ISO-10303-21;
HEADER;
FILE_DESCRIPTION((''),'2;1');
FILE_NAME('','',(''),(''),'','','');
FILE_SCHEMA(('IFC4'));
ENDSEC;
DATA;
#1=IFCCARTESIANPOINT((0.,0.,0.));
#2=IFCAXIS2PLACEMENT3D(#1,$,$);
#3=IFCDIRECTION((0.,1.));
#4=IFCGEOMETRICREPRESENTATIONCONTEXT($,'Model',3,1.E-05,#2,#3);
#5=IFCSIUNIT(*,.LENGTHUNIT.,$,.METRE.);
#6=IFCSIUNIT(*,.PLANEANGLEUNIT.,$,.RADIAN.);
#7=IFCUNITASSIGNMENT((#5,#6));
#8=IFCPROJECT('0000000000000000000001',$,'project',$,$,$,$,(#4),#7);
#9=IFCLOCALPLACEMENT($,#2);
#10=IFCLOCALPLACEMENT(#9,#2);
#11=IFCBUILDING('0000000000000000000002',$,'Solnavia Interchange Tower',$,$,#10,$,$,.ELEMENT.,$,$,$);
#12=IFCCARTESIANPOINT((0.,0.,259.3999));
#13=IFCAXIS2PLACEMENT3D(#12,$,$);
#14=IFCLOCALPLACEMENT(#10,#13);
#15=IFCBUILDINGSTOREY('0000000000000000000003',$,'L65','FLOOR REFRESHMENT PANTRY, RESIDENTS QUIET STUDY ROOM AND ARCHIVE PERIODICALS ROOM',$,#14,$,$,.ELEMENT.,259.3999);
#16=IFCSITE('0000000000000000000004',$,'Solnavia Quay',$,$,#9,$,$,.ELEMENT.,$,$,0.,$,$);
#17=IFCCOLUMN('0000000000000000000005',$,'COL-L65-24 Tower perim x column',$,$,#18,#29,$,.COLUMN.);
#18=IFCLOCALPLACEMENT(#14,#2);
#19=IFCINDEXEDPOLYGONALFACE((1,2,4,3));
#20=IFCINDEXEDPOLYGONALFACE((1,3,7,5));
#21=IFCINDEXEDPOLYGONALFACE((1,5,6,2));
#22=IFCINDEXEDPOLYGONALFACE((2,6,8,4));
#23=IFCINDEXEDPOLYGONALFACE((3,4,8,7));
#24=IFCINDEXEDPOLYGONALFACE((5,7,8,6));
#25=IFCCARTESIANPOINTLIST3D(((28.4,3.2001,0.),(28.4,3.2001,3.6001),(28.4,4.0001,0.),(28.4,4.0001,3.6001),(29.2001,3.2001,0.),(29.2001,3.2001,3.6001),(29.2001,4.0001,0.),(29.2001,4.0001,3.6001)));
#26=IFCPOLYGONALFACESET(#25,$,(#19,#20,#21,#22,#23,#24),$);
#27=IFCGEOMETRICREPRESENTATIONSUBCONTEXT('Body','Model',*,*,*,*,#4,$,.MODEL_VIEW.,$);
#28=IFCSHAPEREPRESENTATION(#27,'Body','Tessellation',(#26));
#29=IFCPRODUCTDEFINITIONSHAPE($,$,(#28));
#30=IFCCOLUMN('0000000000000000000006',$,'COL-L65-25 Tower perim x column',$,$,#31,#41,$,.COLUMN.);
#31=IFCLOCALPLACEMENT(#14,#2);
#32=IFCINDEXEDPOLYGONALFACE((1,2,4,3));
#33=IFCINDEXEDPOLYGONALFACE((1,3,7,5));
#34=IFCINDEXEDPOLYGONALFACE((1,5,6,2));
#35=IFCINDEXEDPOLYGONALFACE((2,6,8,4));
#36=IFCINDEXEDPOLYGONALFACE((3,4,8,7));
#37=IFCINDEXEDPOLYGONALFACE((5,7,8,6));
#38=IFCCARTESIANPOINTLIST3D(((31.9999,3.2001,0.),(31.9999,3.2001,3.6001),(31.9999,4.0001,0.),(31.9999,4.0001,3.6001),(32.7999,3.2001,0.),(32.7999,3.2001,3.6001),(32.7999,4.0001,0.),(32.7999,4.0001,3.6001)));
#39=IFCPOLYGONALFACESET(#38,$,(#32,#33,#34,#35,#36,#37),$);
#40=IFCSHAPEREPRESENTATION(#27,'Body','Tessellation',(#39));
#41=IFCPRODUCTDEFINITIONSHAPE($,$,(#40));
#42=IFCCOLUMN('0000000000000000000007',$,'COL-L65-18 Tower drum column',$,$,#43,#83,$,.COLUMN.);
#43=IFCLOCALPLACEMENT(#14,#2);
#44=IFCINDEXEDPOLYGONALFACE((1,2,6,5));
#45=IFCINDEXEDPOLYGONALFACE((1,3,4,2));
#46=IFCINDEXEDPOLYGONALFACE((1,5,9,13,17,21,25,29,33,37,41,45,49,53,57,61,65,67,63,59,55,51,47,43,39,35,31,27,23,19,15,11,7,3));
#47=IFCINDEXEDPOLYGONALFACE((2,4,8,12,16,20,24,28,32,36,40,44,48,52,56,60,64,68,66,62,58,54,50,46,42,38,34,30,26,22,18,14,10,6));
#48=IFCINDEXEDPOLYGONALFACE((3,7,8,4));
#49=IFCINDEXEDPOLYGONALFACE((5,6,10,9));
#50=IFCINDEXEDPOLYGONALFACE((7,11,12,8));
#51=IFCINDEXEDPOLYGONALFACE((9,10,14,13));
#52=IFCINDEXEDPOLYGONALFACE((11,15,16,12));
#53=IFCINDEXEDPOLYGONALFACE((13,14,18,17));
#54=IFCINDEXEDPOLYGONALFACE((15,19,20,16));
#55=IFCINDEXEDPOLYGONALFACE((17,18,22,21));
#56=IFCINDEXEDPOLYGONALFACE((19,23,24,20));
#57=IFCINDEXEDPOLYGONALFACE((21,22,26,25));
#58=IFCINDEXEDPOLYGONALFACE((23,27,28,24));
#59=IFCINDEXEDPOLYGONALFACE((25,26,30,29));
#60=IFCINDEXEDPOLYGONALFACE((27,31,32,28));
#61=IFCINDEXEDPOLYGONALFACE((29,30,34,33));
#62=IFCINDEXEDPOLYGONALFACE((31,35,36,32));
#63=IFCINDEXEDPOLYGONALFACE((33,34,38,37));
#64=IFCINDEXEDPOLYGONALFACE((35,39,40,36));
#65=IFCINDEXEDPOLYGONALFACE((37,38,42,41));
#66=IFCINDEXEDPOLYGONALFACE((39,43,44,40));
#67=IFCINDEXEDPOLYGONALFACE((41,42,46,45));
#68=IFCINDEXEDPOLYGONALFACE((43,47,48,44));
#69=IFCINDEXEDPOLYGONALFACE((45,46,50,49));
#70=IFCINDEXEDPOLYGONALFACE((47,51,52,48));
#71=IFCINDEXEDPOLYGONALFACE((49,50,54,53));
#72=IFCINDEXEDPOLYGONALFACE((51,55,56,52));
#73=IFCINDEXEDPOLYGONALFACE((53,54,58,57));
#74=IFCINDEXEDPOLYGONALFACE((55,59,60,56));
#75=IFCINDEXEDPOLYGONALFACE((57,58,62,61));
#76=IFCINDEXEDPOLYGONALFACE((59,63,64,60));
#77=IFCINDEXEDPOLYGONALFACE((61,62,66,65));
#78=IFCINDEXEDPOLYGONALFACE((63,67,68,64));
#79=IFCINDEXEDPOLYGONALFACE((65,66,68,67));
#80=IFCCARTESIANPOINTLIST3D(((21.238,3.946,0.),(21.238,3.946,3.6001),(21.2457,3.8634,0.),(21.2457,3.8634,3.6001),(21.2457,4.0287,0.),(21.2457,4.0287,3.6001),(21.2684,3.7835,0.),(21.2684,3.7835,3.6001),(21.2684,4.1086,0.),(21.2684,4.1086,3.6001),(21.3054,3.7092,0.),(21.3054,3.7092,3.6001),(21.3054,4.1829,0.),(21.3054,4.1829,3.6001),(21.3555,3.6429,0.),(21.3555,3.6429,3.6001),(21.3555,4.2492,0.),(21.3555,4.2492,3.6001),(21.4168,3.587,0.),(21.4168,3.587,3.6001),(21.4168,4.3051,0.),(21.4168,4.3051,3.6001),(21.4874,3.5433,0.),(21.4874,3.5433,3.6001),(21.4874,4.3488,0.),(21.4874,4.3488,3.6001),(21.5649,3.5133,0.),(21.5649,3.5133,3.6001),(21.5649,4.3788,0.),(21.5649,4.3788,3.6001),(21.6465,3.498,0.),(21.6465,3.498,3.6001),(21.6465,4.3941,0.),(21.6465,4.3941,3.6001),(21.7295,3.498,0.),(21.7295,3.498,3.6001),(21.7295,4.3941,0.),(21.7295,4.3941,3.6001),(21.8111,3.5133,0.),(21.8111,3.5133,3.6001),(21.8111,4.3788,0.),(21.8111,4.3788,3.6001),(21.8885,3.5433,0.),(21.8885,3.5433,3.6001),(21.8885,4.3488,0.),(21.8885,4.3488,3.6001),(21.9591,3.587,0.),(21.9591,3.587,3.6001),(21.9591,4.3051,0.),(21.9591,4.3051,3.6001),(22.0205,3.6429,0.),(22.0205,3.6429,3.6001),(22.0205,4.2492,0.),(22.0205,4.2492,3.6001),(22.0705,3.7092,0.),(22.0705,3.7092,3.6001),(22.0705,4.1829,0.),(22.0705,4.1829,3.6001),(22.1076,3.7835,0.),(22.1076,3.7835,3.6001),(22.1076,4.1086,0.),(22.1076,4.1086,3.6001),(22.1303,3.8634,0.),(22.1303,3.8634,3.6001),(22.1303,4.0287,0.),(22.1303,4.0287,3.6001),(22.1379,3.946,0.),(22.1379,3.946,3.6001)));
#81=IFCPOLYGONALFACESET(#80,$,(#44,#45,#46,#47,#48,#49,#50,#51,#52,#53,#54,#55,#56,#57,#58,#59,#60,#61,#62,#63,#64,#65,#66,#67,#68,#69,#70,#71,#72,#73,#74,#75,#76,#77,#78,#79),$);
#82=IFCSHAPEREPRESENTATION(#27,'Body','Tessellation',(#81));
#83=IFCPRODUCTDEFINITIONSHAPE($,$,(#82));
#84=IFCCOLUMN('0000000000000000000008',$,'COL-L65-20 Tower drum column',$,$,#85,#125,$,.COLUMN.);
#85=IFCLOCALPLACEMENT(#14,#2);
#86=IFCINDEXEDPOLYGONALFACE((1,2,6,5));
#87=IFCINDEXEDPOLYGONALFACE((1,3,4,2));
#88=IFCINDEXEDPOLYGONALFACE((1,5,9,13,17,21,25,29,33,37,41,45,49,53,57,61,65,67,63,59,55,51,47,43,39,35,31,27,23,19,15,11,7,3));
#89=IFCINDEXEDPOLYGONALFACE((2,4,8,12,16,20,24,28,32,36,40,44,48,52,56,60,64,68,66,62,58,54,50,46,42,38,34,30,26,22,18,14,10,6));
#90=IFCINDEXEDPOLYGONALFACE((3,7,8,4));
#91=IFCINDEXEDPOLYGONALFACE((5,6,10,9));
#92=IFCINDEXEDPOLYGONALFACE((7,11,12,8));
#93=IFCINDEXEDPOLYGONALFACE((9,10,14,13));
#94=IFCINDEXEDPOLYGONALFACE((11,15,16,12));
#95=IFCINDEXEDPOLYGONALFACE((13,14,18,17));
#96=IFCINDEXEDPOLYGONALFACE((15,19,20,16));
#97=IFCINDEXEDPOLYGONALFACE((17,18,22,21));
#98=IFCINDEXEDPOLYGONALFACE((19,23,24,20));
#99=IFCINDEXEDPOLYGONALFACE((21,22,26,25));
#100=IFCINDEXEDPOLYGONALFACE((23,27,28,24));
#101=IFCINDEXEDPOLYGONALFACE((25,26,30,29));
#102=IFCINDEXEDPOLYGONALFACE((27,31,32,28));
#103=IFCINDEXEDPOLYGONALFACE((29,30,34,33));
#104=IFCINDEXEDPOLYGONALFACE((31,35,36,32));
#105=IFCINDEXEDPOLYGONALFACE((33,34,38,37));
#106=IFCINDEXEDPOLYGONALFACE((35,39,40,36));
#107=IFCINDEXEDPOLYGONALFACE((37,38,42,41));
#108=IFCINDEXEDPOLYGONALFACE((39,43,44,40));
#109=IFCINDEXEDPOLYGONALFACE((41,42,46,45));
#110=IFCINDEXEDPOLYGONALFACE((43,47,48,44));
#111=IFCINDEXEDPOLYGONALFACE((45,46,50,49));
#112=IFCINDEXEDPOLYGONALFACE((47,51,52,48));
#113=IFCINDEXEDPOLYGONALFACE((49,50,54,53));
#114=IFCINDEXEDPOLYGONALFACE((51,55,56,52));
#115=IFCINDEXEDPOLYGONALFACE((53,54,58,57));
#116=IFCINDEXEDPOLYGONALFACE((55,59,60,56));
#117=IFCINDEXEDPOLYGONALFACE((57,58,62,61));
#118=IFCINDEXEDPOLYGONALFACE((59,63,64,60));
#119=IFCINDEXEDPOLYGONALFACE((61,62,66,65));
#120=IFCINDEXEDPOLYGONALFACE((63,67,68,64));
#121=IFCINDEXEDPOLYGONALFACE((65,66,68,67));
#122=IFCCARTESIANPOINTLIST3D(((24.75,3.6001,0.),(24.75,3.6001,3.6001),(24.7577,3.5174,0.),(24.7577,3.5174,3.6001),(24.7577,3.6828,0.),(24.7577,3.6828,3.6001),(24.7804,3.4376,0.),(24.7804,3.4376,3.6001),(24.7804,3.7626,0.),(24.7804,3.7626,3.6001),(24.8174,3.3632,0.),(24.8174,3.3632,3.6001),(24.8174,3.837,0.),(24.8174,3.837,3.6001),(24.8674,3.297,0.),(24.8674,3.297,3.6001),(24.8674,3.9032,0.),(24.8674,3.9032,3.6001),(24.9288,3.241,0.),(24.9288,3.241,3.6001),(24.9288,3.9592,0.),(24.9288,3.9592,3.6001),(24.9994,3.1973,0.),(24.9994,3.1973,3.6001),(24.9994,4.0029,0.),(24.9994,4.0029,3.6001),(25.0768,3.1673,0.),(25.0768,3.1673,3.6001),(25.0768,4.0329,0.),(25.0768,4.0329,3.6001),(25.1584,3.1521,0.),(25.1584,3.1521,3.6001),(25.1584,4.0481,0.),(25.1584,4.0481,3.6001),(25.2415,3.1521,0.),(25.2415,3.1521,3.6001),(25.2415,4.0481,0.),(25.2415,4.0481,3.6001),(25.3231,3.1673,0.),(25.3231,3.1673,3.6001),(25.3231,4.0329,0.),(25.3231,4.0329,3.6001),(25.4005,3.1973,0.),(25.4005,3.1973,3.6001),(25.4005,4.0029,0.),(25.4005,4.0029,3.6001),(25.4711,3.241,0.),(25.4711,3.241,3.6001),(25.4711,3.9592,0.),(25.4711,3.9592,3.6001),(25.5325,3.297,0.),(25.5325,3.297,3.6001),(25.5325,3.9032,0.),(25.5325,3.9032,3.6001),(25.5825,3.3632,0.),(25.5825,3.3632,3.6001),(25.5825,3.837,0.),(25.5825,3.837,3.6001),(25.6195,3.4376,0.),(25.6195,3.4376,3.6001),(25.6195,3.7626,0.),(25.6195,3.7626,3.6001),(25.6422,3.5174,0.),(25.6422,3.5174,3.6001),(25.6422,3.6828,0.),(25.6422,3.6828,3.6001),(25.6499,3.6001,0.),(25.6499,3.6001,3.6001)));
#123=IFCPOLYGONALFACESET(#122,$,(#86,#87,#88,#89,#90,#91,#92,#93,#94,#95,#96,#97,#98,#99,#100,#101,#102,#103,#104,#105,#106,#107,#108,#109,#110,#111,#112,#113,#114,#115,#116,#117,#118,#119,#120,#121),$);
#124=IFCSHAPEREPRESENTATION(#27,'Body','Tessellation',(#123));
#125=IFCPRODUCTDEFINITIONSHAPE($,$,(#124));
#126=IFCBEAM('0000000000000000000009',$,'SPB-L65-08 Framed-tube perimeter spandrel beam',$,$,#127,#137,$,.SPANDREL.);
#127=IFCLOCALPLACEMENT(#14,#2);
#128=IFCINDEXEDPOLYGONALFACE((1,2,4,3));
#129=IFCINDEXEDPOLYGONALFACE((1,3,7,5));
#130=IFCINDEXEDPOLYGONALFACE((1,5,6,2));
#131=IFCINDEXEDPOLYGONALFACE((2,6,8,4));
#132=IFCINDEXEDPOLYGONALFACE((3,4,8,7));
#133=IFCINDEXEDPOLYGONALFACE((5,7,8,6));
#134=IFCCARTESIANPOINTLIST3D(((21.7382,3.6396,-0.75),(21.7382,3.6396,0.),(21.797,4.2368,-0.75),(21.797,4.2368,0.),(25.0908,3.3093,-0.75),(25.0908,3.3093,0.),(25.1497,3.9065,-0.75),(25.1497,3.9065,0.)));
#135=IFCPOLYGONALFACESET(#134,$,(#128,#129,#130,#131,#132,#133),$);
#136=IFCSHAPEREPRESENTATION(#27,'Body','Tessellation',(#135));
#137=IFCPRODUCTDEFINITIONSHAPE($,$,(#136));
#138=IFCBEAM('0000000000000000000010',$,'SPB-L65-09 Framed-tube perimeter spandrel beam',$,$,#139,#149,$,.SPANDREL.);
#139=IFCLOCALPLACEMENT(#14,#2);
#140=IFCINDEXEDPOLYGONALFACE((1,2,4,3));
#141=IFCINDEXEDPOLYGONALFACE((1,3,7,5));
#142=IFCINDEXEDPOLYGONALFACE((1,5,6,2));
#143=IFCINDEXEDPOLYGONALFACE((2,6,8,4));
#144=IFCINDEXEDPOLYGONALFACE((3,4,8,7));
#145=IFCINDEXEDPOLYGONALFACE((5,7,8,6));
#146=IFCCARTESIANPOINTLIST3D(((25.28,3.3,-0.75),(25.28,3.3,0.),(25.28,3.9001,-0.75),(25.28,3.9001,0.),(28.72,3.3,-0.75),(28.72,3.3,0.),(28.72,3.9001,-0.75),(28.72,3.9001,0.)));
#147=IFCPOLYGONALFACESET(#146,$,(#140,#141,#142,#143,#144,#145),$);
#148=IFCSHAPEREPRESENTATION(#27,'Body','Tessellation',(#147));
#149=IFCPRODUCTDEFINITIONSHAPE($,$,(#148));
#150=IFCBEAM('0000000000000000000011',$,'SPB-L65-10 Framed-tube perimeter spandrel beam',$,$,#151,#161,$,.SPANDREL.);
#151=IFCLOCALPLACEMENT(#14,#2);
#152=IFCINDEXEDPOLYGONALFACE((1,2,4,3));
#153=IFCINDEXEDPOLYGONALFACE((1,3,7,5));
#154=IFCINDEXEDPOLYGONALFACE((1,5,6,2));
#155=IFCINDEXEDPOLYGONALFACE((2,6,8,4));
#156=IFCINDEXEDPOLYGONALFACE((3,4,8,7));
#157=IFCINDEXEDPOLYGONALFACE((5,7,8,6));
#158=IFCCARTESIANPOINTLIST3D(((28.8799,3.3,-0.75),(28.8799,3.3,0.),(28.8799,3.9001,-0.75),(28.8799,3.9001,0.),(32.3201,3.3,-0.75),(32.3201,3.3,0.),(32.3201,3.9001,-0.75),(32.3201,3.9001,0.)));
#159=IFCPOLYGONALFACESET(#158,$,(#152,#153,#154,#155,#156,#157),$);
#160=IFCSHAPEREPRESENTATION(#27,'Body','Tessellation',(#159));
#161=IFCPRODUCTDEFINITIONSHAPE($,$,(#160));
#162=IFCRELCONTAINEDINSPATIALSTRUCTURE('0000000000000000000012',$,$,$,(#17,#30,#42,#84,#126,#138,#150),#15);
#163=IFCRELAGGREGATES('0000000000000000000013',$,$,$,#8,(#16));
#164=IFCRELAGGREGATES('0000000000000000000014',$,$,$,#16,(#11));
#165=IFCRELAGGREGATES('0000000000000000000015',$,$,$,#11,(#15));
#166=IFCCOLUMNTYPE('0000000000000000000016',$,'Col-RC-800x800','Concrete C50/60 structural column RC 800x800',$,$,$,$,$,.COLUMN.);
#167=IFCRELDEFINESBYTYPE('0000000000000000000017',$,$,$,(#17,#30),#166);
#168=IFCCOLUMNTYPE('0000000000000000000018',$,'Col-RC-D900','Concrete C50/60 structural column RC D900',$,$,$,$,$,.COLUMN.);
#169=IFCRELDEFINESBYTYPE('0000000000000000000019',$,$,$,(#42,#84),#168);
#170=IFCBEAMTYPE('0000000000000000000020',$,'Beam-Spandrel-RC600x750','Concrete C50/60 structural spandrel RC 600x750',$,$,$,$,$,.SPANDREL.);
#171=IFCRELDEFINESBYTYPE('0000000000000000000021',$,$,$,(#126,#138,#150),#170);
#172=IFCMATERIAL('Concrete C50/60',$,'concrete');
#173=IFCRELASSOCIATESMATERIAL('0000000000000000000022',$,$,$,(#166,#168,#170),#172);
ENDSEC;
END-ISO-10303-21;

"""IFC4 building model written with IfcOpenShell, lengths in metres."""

from ifc_helpers import new_model, si_unit, direction, frame, origin, origin_2d, place, context, subcontext, project, spatial, rectangle, circle, extrude, material, material_profile, profile_set, type_object, element, save


model = new_model("IFC4")

# Units and contexts
model_context = context("Model", 3, precision=1e-05, world=origin(), true_north=direction((0.0, 1.0)))
body_context = subcontext(model_context, "Body", "Model", "MODEL_VIEW")
ifc_project = project(units=[si_unit("LENGTHUNIT", "METRE"), si_unit("PLANEANGLEUNIT", "RADIAN")], contexts=[model_context])

# Site, building, storey
site_placement = place(None, origin())
site = spatial("IfcSite", under=ifc_project, at=site_placement, Name="Solnavia Quay", CompositionType="ELEMENT", RefElevation=0.0)
building_placement = place(site_placement, origin())
building = spatial("IfcBuilding", under=site, at=building_placement, Name="Solnavia Interchange Tower", CompositionType="ELEMENT")
storey_placement = place(building_placement, frame((0.0, 0.0, 259.3999)))
storey = spatial("IfcBuildingStorey", under=building, at=storey_placement, Name="L65", Description="FLOOR REFRESHMENT PANTRY, RESIDENTS QUIET STUDY ROOM AND ARCHIVE PERIODICALS ROOM", CompositionType="ELEMENT", Elevation=259.3999)

# Columns
ifc_material_1 = material(Name="Concrete C50/60", Category="concrete")
ifc_material_profile_1 = material_profile(ifc_material_1, rectangle(XDim=0.8, YDim=0.8, at=origin_2d()), Name="RC 800x800")
ifc_profile_set_1 = profile_set([ifc_material_profile_1], Name="Concrete C50/60")
column_type_1 = type_object("IfcColumnType", Name="Col-RC-800x800", Description="Concrete C50/60 structural column RC 800x800", PredefinedType="COLUMN", material=ifc_profile_set_1)
for number, where, z_axis, x_axis, name in (
    (1, (28.8, 3.6001, 0.0), (0.0, 0.0, 1.0), (1.0, 0.0, 0.0), "COL-L65-24 Tower perim x column"),
    (2, (32.3999, 3.6001, 0.0), (0.0, 0.0, 1.0), (1.0, 0.0, 0.0), "COL-L65-25 Tower perim x column"),
):
    element("IfcColumn", number, at=place(storey_placement, frame(where, z_axis=z_axis, x_axis=x_axis)), inside=storey, type_object=column_type_1, Name=name, PredefinedType="COLUMN", context=body_context, shape_type="SweptSolid", body=[
        extrude(rectangle(XDim=0.8, YDim=0.8, at=origin_2d()), origin(), (0.0, 0.0, 1.0), 3.6001),
    ])
ifc_material_profile_2 = material_profile(ifc_material_1, circle(Radius=0.45, at=origin_2d()), Name="RC D900")
ifc_profile_set_2 = profile_set([ifc_material_profile_2], Name="Concrete C50/60")
column_type_2 = type_object("IfcColumnType", Name="Col-RC-D900", Description="Concrete C50/60 structural column RC D900", PredefinedType="COLUMN", material=ifc_profile_set_2)
for number, where, z_axis, x_axis, name in (
    (3, (21.688, 3.946, 0.0), (0.0, 0.0, 1.0), (1.0, 0.0, 0.0), "COL-L65-18 Tower drum column"),
    (4, (25.2, 3.6001, 0.0), (0.0, 0.0, 1.0), (1.0, 0.0, 0.0), "COL-L65-20 Tower drum column"),
):
    element("IfcColumn", number, at=place(storey_placement, frame(where, z_axis=z_axis, x_axis=x_axis)), inside=storey, type_object=column_type_2, Name=name, PredefinedType="COLUMN", context=body_context, shape_type="SweptSolid", body=[
        extrude(circle(Radius=0.45, at=origin_2d()), origin(), (0.0, 0.0, 1.0), 3.6001),
    ])

# Beams
ifc_material_profile_3 = material_profile(ifc_material_1, rectangle(XDim=0.6001, YDim=0.75, at=origin_2d()), Name="RC 600x750")
ifc_profile_set_3 = profile_set([ifc_material_profile_3], Name="Concrete C50/60")
beam_type = type_object("IfcBeamType", Name="Beam-Spandrel-RC600x750", Description="Concrete C50/60 structural spandrel RC 600x750", PredefinedType="SPANDREL", material=ifc_profile_set_3)
beam_1_placement = place(storey_placement, frame((21.7676, 3.9382, -0.375), z_axis=(0.995182, -0.098047, 0.0), x_axis=(0.098047, 0.995182, 0.0)))
element("IfcBeam", 5, at=beam_1_placement, inside=storey, type_object=beam_type, Name="SPB-L65-08 Framed-tube perimeter spandrel beam", PredefinedType="SPANDREL", context=body_context, shape_type="SweptSolid", body=[
    extrude(rectangle(XDim=0.6001, YDim=0.75, at=origin_2d()), origin(), (0.0, 0.0, 1.0), 3.3689),
])
beam_2_placement = place(storey_placement, frame((25.28, 3.6001, -0.375), z_axis=(1.0, 0.0, 0.0), x_axis=(0.0, 1.0, 0.0)))
element("IfcBeam", 6, at=beam_2_placement, inside=storey, type_object=beam_type, Name="SPB-L65-09 Framed-tube perimeter spandrel beam", PredefinedType="SPANDREL", context=body_context, shape_type="SweptSolid", body=[
    extrude(rectangle(XDim=0.6001, YDim=0.75, at=origin_2d()), origin(), (0.0, 0.0, 1.0), 3.4399),
])
beam_3_placement = place(storey_placement, frame((28.8799, 3.6001, -0.375), z_axis=(1.0, 0.0, 0.0), x_axis=(0.0, 1.0, 0.0)))
element("IfcBeam", 7, at=beam_3_placement, inside=storey, type_object=beam_type, Name="SPB-L65-10 Framed-tube perimeter spandrel beam", PredefinedType="SPANDREL", context=body_context, shape_type="SweptSolid", body=[
    extrude(rectangle(XDim=0.6001, YDim=0.75, at=origin_2d()), origin(), (0.0, 0.0, 1.0), 3.4402),
])

save(model, "model.ifc")
